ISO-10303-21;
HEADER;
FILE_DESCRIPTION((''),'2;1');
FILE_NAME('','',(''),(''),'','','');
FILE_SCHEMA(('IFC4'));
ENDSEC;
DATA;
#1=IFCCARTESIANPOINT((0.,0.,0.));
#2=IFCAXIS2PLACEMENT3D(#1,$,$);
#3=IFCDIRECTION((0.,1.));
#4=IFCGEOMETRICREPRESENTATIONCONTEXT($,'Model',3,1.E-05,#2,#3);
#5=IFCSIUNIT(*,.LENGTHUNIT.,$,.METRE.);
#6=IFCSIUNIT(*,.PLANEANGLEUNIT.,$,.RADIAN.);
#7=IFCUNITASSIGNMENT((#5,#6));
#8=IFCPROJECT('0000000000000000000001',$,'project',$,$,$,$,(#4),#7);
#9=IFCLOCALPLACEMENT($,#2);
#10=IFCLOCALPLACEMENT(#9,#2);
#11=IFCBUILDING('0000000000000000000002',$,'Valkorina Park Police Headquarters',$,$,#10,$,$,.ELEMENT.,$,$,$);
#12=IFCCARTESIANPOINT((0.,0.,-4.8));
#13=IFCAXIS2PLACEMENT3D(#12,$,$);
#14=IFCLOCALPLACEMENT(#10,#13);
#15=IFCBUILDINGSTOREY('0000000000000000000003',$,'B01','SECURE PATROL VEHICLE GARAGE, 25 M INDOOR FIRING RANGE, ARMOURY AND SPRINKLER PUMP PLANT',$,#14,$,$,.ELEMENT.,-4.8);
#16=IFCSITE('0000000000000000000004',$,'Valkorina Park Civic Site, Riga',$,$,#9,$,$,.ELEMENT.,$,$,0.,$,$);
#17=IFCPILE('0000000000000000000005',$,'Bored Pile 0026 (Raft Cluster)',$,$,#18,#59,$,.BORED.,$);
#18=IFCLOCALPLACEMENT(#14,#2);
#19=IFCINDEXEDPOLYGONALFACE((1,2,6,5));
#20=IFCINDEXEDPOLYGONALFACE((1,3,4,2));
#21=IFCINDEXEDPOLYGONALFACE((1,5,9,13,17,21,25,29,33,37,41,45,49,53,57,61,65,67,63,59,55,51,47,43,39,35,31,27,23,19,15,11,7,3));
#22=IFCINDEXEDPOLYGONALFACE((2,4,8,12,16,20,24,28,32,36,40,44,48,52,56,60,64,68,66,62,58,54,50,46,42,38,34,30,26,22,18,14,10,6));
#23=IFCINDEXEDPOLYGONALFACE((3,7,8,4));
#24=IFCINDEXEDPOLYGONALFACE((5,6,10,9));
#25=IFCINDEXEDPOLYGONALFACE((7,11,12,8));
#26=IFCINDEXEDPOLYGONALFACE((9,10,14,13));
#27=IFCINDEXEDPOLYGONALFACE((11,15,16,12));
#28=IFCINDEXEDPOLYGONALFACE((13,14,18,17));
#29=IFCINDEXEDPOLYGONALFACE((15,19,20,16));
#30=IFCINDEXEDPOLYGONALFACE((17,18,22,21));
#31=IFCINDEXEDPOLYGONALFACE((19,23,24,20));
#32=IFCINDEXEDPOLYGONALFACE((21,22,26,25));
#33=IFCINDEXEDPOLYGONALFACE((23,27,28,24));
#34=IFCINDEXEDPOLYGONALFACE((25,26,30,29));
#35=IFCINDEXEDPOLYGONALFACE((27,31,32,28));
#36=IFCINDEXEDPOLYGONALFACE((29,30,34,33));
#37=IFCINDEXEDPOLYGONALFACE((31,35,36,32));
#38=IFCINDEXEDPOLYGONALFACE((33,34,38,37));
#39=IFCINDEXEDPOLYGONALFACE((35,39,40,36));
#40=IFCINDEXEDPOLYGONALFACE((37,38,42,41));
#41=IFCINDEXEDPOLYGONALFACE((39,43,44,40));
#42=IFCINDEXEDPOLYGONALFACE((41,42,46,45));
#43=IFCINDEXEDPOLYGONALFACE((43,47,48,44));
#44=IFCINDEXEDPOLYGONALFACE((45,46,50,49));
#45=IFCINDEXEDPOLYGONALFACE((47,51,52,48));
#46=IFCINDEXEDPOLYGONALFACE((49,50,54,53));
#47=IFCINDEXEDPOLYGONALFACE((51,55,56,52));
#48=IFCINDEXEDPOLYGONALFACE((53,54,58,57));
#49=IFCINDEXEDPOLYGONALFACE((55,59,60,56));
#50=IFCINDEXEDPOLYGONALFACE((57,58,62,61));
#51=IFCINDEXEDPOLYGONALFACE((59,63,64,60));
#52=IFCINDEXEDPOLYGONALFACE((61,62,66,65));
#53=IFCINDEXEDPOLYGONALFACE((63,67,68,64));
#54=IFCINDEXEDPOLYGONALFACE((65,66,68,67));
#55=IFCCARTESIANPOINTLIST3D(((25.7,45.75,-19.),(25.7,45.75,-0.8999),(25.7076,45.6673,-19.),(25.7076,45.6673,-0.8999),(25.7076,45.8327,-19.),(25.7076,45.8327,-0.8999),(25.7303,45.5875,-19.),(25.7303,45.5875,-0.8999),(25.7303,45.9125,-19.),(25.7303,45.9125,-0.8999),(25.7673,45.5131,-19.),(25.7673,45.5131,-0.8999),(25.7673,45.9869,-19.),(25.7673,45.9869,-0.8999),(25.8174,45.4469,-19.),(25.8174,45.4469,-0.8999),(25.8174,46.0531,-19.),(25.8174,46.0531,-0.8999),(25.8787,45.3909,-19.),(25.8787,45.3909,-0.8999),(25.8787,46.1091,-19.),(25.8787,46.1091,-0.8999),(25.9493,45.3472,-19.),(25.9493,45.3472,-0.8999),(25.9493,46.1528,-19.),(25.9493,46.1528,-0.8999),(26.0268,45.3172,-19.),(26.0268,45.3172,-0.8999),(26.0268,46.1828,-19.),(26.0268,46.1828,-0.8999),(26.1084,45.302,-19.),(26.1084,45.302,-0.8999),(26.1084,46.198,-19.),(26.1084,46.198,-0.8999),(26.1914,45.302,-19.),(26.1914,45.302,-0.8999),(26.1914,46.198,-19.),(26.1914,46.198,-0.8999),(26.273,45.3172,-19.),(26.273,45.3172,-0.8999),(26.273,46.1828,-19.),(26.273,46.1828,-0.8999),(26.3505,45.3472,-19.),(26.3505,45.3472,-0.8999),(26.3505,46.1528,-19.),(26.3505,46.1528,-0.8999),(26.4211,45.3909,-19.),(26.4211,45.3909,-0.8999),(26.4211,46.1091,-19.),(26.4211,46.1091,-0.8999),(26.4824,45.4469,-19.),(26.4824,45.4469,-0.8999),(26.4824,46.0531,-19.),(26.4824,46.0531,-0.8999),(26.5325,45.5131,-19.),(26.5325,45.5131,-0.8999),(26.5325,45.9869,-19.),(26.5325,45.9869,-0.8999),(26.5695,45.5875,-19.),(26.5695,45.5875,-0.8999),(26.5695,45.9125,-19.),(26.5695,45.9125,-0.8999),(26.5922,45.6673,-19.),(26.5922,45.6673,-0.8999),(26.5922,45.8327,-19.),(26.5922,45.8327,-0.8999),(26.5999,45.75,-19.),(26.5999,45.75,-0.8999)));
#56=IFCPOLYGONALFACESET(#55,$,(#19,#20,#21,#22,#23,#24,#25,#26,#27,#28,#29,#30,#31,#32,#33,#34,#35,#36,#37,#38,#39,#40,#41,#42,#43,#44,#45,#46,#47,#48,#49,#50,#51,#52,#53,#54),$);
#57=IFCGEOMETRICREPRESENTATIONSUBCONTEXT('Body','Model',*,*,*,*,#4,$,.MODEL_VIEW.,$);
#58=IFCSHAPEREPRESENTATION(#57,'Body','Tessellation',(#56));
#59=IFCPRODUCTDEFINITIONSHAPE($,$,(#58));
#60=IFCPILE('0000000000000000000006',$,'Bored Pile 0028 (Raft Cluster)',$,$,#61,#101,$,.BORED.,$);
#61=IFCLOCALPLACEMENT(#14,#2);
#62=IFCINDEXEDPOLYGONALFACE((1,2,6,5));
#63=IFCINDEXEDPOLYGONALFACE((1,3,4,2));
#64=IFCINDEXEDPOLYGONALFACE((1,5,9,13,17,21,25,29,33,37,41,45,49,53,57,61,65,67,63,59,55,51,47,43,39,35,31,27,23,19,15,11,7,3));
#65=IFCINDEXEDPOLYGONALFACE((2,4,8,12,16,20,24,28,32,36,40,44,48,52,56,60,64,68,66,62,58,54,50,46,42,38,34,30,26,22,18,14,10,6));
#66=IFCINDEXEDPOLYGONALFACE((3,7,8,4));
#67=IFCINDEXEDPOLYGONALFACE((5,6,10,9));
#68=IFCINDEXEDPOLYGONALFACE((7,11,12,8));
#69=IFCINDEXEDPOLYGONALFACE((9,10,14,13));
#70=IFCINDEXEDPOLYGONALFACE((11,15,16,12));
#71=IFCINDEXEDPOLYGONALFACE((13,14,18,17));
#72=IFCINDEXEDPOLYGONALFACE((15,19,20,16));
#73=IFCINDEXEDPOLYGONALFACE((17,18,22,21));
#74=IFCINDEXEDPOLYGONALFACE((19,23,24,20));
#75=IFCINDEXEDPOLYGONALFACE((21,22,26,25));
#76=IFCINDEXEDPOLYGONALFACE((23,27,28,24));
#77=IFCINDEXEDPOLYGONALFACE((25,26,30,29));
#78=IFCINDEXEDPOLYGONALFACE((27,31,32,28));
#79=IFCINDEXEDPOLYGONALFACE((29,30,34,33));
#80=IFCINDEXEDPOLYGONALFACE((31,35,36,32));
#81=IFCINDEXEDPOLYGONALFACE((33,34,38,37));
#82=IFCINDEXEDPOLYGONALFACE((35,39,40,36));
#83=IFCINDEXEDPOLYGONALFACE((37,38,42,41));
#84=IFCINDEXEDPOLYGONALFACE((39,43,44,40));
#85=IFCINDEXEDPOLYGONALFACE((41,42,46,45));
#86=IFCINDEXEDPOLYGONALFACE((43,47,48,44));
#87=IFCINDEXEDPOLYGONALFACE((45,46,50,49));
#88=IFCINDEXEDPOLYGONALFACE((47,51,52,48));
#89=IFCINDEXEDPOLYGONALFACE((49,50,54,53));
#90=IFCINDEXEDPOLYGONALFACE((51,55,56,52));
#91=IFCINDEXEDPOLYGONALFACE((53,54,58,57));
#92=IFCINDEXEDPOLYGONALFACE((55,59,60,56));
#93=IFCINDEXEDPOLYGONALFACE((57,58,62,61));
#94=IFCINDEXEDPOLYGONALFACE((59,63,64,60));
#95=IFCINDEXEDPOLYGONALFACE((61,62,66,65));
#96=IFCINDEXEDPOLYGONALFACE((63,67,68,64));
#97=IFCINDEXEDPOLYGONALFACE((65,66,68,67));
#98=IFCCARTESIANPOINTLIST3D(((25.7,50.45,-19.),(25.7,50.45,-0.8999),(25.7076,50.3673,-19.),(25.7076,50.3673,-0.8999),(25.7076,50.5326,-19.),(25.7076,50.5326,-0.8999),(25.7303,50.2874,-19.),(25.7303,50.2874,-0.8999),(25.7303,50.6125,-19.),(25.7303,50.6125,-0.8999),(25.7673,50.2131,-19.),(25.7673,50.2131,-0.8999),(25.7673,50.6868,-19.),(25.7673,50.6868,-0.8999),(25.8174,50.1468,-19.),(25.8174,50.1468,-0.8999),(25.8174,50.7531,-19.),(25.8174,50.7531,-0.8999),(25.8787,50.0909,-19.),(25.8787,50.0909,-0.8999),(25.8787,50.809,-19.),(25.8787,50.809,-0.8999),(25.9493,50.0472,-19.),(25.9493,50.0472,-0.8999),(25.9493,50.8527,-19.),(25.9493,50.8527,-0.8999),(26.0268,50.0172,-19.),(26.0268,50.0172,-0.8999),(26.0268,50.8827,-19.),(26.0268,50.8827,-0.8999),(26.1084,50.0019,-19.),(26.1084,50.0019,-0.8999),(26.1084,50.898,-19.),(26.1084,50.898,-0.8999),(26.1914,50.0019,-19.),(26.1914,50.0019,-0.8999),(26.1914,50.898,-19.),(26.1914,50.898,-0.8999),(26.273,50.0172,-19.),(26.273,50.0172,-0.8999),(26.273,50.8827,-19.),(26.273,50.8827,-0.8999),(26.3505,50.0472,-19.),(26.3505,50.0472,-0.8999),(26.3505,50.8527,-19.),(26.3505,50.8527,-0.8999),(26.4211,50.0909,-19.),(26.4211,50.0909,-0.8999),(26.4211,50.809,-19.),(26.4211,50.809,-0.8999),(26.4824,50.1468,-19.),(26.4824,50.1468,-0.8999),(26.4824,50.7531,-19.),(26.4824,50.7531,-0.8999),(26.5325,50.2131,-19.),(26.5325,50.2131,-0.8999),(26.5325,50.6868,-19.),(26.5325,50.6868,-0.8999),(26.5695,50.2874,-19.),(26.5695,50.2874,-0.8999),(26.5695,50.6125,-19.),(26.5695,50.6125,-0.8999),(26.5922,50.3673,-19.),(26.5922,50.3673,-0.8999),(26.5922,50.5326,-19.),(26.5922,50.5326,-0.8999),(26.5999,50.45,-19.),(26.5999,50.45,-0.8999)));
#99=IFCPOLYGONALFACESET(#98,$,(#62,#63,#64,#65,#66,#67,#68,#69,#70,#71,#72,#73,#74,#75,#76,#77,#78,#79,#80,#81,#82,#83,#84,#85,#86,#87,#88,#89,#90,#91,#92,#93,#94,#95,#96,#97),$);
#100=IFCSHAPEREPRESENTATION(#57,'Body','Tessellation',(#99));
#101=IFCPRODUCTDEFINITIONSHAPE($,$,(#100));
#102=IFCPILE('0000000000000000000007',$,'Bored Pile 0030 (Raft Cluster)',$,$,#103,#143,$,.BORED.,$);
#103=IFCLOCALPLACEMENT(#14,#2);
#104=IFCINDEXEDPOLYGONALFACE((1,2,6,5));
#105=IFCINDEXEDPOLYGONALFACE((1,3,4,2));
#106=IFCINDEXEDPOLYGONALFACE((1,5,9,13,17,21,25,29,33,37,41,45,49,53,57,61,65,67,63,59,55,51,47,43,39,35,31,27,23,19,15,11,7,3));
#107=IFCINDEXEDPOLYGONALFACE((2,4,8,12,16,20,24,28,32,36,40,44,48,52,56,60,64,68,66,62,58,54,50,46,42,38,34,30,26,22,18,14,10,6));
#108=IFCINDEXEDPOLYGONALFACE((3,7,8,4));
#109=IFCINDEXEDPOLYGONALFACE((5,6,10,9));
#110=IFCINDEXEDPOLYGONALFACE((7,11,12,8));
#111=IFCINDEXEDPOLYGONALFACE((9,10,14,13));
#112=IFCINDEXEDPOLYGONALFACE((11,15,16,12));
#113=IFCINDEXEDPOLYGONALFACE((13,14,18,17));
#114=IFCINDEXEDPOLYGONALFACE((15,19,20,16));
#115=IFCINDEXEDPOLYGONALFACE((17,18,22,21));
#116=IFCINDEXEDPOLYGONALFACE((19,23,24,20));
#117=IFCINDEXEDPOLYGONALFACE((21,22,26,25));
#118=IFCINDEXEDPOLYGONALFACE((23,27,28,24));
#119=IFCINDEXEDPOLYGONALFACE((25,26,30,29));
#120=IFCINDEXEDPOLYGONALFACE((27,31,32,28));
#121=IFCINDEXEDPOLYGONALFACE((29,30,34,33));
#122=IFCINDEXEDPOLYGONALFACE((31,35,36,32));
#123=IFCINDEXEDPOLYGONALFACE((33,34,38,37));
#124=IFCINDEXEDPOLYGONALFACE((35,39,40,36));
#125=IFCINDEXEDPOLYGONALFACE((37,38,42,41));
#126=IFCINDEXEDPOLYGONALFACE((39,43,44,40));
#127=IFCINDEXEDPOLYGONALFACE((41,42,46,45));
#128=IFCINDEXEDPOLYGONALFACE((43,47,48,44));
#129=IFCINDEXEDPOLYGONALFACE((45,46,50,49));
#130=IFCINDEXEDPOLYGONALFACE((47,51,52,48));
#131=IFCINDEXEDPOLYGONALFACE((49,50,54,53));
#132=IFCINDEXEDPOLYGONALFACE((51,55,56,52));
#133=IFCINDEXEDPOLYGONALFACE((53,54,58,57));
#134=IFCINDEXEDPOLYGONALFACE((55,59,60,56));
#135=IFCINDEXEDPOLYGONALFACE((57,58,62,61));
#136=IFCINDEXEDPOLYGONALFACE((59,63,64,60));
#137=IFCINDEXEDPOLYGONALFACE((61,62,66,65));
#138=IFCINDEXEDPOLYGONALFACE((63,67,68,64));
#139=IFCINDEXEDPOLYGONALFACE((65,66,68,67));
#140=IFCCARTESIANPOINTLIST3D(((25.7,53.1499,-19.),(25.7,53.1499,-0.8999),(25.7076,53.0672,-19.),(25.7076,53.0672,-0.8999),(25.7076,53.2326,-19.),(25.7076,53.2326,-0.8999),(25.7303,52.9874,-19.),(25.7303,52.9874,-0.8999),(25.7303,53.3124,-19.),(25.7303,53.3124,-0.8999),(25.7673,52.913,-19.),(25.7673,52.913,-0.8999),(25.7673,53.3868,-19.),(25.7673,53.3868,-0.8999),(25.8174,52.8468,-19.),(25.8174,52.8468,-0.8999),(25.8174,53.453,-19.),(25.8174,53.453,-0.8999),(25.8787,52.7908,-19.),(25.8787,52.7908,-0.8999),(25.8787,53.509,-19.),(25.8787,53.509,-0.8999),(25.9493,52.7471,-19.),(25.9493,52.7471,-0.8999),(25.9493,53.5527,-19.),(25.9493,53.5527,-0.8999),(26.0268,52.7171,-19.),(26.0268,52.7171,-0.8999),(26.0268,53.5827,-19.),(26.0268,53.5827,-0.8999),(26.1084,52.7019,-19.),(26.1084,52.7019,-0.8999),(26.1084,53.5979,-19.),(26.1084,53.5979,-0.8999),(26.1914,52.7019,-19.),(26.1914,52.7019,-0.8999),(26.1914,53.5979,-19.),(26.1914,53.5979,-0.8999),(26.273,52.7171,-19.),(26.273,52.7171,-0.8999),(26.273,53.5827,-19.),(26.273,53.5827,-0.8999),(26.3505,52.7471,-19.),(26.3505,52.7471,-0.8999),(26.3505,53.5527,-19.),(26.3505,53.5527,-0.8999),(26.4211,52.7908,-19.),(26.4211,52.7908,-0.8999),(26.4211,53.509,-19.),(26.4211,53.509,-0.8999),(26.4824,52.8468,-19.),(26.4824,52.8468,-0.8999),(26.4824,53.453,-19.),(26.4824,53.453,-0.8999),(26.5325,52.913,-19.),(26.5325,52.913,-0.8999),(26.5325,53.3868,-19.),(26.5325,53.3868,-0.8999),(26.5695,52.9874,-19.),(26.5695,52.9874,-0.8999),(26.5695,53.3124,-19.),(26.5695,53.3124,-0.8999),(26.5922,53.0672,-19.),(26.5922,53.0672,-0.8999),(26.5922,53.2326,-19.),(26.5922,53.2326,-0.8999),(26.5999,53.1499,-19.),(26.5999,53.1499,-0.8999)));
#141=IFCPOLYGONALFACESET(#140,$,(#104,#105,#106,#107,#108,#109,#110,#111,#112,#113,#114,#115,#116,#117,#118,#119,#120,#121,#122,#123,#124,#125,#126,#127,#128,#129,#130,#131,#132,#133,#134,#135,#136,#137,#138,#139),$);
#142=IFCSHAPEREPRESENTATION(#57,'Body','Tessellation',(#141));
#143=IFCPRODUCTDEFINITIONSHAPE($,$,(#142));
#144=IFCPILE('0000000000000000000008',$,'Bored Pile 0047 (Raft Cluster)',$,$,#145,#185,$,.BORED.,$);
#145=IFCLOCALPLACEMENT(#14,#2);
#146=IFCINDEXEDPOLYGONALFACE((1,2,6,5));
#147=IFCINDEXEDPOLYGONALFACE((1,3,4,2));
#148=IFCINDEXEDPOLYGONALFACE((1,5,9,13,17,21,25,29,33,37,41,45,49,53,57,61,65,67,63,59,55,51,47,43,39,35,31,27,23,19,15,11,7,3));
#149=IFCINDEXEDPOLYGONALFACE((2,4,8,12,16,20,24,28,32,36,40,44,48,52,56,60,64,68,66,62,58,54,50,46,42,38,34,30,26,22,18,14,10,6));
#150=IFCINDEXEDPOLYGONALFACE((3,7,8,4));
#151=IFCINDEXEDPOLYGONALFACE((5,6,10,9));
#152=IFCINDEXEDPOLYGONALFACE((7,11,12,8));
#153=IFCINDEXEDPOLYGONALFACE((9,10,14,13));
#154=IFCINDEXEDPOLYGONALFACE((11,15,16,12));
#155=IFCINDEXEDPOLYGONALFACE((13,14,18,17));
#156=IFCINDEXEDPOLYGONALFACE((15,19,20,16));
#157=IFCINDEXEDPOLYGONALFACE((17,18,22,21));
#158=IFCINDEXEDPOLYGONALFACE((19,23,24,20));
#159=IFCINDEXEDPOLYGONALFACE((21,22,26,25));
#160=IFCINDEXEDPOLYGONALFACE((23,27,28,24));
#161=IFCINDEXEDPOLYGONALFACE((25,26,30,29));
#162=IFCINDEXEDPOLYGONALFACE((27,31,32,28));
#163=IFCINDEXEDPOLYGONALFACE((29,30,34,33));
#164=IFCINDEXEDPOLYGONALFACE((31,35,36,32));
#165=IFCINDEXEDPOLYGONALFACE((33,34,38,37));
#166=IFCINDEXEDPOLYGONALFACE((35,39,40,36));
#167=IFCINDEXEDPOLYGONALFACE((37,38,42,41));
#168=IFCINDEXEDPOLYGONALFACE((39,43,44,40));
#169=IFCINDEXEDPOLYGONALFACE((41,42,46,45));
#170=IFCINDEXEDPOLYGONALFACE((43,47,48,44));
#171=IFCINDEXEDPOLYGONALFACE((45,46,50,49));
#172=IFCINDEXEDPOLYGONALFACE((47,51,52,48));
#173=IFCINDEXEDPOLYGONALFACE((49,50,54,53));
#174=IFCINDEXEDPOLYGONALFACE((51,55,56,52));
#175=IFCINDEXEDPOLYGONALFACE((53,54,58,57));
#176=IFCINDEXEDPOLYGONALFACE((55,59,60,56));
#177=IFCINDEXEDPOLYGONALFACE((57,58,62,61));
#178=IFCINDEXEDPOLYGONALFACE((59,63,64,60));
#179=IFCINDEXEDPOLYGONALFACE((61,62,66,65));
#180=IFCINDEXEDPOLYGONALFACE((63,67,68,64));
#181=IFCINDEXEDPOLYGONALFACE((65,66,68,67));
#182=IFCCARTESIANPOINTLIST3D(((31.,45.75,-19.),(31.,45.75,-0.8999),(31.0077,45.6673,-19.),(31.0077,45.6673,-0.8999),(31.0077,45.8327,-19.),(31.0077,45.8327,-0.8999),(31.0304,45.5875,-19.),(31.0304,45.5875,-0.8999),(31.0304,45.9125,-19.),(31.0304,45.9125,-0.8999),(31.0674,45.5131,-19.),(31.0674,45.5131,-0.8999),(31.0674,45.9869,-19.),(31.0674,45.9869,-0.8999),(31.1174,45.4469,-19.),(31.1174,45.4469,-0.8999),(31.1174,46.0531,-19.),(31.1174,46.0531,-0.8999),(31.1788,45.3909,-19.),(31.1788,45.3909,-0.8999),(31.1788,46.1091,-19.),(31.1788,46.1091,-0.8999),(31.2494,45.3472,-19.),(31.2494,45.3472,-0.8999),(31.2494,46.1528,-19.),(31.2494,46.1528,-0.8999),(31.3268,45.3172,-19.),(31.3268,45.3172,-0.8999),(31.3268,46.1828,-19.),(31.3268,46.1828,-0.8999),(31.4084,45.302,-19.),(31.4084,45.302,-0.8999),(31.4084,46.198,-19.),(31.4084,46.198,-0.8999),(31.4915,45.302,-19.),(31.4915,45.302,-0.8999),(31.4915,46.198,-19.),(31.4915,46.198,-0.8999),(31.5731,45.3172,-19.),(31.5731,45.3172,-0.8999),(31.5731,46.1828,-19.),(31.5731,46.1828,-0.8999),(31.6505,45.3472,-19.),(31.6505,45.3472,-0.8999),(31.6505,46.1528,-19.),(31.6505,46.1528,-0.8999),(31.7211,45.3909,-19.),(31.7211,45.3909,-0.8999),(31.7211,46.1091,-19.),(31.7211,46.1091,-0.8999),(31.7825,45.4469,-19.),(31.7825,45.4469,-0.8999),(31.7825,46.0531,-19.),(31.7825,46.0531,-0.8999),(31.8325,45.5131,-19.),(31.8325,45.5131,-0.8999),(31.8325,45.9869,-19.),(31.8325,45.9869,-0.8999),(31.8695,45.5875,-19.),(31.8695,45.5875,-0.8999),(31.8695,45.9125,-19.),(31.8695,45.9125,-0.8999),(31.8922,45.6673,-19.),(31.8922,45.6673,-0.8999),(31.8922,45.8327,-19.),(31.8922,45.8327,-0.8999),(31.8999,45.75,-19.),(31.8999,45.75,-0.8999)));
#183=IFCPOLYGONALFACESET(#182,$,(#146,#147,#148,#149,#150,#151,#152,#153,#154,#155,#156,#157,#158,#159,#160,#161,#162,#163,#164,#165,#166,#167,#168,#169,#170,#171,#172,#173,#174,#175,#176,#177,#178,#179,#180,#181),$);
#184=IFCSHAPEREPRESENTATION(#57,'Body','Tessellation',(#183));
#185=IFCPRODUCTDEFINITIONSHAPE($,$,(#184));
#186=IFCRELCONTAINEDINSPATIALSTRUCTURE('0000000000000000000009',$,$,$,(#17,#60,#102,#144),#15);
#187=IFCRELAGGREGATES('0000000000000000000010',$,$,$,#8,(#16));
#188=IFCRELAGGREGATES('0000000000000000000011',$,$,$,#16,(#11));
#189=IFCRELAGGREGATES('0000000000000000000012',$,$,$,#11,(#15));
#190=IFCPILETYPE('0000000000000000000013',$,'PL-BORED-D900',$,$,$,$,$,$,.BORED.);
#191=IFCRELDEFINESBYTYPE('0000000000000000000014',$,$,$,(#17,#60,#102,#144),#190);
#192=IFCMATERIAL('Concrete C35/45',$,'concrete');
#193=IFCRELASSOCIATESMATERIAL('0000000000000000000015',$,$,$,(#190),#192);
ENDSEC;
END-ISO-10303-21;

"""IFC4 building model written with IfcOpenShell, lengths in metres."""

from ifc_helpers import new_model, si_unit, direction, frame, origin, origin_2d, place, context, subcontext, project, spatial, circle, extrude, material, material_profile, profile_set, type_object, element, save


model = new_model("IFC4")

# Units and contexts
model_context = context("Model", 3, precision=1e-05, world=origin(), true_north=direction((0.0, 1.0)))
body_context = subcontext(model_context, "Body", "Model", "MODEL_VIEW")
ifc_project = project(units=[si_unit("LENGTHUNIT", "METRE"), si_unit("PLANEANGLEUNIT", "RADIAN")], contexts=[model_context])

# Site, building, storey
site_placement = place(None, origin())
site = spatial("IfcSite", under=ifc_project, at=site_placement, Name="Valkorina Park Civic Site, Riga", CompositionType="ELEMENT", RefElevation=0.0)
building_placement = place(site_placement, origin())
building = spatial("IfcBuilding", under=site, at=building_placement, Name="Valkorina Park Police Headquarters", CompositionType="ELEMENT")
storey_placement = place(building_placement, frame((0.0, 0.0, -4.8)))
storey = spatial("IfcBuildingStorey", under=building, at=storey_placement, Name="B01", Description="SECURE PATROL VEHICLE GARAGE, 25 M INDOOR FIRING RANGE, ARMOURY AND SPRINKLER PUMP PLANT", CompositionType="ELEMENT", Elevation=-4.8)

# Piles
ifc_material_1 = material(Name="Concrete C35/45", Category="concrete")
ifc_material_profile_1 = material_profile(ifc_material_1, circle(Radius=0.45, at=origin_2d()), Name="BORED PILE D900")
ifc_profile_set_1 = profile_set([ifc_material_profile_1], Name="Concrete C35/45")
pile_type = type_object("IfcPileType", Name="PL-BORED-D900", PredefinedType="BORED", material=ifc_profile_set_1)
for number, where, z_axis, x_axis, name in (
    (1, (26.1499, 45.75, -0.8999), (0.0, 0.0, -1.0), (1.0, 0.0, 0.0), "Bored Pile 0026 (Raft Cluster)"),
    (2, (26.1499, 50.45, -0.8999), (0.0, 0.0, -1.0), (1.0, 0.0, 0.0), "Bored Pile 0028 (Raft Cluster)"),
    (3, (26.1499, 53.1499, -0.8999), (0.0, 0.0, -1.0), (1.0, 0.0, 0.0), "Bored Pile 0030 (Raft Cluster)"),
    (4, (31.45, 45.75, -0.8999), (0.0, 0.0, -1.0), (1.0, 0.0, 0.0), "Bored Pile 0047 (Raft Cluster)"),
):
    element("IfcPile", number, at=place(storey_placement, frame(where, z_axis=z_axis, x_axis=x_axis)), inside=storey, type_object=pile_type, Name=name, PredefinedType="BORED", context=body_context, shape_type="SweptSolid", body=[
        extrude(circle(Radius=0.45, at=origin_2d()), origin(), (0.0, 0.0, 1.0), 18.1001),
    ])

save(model, "model.ifc")
